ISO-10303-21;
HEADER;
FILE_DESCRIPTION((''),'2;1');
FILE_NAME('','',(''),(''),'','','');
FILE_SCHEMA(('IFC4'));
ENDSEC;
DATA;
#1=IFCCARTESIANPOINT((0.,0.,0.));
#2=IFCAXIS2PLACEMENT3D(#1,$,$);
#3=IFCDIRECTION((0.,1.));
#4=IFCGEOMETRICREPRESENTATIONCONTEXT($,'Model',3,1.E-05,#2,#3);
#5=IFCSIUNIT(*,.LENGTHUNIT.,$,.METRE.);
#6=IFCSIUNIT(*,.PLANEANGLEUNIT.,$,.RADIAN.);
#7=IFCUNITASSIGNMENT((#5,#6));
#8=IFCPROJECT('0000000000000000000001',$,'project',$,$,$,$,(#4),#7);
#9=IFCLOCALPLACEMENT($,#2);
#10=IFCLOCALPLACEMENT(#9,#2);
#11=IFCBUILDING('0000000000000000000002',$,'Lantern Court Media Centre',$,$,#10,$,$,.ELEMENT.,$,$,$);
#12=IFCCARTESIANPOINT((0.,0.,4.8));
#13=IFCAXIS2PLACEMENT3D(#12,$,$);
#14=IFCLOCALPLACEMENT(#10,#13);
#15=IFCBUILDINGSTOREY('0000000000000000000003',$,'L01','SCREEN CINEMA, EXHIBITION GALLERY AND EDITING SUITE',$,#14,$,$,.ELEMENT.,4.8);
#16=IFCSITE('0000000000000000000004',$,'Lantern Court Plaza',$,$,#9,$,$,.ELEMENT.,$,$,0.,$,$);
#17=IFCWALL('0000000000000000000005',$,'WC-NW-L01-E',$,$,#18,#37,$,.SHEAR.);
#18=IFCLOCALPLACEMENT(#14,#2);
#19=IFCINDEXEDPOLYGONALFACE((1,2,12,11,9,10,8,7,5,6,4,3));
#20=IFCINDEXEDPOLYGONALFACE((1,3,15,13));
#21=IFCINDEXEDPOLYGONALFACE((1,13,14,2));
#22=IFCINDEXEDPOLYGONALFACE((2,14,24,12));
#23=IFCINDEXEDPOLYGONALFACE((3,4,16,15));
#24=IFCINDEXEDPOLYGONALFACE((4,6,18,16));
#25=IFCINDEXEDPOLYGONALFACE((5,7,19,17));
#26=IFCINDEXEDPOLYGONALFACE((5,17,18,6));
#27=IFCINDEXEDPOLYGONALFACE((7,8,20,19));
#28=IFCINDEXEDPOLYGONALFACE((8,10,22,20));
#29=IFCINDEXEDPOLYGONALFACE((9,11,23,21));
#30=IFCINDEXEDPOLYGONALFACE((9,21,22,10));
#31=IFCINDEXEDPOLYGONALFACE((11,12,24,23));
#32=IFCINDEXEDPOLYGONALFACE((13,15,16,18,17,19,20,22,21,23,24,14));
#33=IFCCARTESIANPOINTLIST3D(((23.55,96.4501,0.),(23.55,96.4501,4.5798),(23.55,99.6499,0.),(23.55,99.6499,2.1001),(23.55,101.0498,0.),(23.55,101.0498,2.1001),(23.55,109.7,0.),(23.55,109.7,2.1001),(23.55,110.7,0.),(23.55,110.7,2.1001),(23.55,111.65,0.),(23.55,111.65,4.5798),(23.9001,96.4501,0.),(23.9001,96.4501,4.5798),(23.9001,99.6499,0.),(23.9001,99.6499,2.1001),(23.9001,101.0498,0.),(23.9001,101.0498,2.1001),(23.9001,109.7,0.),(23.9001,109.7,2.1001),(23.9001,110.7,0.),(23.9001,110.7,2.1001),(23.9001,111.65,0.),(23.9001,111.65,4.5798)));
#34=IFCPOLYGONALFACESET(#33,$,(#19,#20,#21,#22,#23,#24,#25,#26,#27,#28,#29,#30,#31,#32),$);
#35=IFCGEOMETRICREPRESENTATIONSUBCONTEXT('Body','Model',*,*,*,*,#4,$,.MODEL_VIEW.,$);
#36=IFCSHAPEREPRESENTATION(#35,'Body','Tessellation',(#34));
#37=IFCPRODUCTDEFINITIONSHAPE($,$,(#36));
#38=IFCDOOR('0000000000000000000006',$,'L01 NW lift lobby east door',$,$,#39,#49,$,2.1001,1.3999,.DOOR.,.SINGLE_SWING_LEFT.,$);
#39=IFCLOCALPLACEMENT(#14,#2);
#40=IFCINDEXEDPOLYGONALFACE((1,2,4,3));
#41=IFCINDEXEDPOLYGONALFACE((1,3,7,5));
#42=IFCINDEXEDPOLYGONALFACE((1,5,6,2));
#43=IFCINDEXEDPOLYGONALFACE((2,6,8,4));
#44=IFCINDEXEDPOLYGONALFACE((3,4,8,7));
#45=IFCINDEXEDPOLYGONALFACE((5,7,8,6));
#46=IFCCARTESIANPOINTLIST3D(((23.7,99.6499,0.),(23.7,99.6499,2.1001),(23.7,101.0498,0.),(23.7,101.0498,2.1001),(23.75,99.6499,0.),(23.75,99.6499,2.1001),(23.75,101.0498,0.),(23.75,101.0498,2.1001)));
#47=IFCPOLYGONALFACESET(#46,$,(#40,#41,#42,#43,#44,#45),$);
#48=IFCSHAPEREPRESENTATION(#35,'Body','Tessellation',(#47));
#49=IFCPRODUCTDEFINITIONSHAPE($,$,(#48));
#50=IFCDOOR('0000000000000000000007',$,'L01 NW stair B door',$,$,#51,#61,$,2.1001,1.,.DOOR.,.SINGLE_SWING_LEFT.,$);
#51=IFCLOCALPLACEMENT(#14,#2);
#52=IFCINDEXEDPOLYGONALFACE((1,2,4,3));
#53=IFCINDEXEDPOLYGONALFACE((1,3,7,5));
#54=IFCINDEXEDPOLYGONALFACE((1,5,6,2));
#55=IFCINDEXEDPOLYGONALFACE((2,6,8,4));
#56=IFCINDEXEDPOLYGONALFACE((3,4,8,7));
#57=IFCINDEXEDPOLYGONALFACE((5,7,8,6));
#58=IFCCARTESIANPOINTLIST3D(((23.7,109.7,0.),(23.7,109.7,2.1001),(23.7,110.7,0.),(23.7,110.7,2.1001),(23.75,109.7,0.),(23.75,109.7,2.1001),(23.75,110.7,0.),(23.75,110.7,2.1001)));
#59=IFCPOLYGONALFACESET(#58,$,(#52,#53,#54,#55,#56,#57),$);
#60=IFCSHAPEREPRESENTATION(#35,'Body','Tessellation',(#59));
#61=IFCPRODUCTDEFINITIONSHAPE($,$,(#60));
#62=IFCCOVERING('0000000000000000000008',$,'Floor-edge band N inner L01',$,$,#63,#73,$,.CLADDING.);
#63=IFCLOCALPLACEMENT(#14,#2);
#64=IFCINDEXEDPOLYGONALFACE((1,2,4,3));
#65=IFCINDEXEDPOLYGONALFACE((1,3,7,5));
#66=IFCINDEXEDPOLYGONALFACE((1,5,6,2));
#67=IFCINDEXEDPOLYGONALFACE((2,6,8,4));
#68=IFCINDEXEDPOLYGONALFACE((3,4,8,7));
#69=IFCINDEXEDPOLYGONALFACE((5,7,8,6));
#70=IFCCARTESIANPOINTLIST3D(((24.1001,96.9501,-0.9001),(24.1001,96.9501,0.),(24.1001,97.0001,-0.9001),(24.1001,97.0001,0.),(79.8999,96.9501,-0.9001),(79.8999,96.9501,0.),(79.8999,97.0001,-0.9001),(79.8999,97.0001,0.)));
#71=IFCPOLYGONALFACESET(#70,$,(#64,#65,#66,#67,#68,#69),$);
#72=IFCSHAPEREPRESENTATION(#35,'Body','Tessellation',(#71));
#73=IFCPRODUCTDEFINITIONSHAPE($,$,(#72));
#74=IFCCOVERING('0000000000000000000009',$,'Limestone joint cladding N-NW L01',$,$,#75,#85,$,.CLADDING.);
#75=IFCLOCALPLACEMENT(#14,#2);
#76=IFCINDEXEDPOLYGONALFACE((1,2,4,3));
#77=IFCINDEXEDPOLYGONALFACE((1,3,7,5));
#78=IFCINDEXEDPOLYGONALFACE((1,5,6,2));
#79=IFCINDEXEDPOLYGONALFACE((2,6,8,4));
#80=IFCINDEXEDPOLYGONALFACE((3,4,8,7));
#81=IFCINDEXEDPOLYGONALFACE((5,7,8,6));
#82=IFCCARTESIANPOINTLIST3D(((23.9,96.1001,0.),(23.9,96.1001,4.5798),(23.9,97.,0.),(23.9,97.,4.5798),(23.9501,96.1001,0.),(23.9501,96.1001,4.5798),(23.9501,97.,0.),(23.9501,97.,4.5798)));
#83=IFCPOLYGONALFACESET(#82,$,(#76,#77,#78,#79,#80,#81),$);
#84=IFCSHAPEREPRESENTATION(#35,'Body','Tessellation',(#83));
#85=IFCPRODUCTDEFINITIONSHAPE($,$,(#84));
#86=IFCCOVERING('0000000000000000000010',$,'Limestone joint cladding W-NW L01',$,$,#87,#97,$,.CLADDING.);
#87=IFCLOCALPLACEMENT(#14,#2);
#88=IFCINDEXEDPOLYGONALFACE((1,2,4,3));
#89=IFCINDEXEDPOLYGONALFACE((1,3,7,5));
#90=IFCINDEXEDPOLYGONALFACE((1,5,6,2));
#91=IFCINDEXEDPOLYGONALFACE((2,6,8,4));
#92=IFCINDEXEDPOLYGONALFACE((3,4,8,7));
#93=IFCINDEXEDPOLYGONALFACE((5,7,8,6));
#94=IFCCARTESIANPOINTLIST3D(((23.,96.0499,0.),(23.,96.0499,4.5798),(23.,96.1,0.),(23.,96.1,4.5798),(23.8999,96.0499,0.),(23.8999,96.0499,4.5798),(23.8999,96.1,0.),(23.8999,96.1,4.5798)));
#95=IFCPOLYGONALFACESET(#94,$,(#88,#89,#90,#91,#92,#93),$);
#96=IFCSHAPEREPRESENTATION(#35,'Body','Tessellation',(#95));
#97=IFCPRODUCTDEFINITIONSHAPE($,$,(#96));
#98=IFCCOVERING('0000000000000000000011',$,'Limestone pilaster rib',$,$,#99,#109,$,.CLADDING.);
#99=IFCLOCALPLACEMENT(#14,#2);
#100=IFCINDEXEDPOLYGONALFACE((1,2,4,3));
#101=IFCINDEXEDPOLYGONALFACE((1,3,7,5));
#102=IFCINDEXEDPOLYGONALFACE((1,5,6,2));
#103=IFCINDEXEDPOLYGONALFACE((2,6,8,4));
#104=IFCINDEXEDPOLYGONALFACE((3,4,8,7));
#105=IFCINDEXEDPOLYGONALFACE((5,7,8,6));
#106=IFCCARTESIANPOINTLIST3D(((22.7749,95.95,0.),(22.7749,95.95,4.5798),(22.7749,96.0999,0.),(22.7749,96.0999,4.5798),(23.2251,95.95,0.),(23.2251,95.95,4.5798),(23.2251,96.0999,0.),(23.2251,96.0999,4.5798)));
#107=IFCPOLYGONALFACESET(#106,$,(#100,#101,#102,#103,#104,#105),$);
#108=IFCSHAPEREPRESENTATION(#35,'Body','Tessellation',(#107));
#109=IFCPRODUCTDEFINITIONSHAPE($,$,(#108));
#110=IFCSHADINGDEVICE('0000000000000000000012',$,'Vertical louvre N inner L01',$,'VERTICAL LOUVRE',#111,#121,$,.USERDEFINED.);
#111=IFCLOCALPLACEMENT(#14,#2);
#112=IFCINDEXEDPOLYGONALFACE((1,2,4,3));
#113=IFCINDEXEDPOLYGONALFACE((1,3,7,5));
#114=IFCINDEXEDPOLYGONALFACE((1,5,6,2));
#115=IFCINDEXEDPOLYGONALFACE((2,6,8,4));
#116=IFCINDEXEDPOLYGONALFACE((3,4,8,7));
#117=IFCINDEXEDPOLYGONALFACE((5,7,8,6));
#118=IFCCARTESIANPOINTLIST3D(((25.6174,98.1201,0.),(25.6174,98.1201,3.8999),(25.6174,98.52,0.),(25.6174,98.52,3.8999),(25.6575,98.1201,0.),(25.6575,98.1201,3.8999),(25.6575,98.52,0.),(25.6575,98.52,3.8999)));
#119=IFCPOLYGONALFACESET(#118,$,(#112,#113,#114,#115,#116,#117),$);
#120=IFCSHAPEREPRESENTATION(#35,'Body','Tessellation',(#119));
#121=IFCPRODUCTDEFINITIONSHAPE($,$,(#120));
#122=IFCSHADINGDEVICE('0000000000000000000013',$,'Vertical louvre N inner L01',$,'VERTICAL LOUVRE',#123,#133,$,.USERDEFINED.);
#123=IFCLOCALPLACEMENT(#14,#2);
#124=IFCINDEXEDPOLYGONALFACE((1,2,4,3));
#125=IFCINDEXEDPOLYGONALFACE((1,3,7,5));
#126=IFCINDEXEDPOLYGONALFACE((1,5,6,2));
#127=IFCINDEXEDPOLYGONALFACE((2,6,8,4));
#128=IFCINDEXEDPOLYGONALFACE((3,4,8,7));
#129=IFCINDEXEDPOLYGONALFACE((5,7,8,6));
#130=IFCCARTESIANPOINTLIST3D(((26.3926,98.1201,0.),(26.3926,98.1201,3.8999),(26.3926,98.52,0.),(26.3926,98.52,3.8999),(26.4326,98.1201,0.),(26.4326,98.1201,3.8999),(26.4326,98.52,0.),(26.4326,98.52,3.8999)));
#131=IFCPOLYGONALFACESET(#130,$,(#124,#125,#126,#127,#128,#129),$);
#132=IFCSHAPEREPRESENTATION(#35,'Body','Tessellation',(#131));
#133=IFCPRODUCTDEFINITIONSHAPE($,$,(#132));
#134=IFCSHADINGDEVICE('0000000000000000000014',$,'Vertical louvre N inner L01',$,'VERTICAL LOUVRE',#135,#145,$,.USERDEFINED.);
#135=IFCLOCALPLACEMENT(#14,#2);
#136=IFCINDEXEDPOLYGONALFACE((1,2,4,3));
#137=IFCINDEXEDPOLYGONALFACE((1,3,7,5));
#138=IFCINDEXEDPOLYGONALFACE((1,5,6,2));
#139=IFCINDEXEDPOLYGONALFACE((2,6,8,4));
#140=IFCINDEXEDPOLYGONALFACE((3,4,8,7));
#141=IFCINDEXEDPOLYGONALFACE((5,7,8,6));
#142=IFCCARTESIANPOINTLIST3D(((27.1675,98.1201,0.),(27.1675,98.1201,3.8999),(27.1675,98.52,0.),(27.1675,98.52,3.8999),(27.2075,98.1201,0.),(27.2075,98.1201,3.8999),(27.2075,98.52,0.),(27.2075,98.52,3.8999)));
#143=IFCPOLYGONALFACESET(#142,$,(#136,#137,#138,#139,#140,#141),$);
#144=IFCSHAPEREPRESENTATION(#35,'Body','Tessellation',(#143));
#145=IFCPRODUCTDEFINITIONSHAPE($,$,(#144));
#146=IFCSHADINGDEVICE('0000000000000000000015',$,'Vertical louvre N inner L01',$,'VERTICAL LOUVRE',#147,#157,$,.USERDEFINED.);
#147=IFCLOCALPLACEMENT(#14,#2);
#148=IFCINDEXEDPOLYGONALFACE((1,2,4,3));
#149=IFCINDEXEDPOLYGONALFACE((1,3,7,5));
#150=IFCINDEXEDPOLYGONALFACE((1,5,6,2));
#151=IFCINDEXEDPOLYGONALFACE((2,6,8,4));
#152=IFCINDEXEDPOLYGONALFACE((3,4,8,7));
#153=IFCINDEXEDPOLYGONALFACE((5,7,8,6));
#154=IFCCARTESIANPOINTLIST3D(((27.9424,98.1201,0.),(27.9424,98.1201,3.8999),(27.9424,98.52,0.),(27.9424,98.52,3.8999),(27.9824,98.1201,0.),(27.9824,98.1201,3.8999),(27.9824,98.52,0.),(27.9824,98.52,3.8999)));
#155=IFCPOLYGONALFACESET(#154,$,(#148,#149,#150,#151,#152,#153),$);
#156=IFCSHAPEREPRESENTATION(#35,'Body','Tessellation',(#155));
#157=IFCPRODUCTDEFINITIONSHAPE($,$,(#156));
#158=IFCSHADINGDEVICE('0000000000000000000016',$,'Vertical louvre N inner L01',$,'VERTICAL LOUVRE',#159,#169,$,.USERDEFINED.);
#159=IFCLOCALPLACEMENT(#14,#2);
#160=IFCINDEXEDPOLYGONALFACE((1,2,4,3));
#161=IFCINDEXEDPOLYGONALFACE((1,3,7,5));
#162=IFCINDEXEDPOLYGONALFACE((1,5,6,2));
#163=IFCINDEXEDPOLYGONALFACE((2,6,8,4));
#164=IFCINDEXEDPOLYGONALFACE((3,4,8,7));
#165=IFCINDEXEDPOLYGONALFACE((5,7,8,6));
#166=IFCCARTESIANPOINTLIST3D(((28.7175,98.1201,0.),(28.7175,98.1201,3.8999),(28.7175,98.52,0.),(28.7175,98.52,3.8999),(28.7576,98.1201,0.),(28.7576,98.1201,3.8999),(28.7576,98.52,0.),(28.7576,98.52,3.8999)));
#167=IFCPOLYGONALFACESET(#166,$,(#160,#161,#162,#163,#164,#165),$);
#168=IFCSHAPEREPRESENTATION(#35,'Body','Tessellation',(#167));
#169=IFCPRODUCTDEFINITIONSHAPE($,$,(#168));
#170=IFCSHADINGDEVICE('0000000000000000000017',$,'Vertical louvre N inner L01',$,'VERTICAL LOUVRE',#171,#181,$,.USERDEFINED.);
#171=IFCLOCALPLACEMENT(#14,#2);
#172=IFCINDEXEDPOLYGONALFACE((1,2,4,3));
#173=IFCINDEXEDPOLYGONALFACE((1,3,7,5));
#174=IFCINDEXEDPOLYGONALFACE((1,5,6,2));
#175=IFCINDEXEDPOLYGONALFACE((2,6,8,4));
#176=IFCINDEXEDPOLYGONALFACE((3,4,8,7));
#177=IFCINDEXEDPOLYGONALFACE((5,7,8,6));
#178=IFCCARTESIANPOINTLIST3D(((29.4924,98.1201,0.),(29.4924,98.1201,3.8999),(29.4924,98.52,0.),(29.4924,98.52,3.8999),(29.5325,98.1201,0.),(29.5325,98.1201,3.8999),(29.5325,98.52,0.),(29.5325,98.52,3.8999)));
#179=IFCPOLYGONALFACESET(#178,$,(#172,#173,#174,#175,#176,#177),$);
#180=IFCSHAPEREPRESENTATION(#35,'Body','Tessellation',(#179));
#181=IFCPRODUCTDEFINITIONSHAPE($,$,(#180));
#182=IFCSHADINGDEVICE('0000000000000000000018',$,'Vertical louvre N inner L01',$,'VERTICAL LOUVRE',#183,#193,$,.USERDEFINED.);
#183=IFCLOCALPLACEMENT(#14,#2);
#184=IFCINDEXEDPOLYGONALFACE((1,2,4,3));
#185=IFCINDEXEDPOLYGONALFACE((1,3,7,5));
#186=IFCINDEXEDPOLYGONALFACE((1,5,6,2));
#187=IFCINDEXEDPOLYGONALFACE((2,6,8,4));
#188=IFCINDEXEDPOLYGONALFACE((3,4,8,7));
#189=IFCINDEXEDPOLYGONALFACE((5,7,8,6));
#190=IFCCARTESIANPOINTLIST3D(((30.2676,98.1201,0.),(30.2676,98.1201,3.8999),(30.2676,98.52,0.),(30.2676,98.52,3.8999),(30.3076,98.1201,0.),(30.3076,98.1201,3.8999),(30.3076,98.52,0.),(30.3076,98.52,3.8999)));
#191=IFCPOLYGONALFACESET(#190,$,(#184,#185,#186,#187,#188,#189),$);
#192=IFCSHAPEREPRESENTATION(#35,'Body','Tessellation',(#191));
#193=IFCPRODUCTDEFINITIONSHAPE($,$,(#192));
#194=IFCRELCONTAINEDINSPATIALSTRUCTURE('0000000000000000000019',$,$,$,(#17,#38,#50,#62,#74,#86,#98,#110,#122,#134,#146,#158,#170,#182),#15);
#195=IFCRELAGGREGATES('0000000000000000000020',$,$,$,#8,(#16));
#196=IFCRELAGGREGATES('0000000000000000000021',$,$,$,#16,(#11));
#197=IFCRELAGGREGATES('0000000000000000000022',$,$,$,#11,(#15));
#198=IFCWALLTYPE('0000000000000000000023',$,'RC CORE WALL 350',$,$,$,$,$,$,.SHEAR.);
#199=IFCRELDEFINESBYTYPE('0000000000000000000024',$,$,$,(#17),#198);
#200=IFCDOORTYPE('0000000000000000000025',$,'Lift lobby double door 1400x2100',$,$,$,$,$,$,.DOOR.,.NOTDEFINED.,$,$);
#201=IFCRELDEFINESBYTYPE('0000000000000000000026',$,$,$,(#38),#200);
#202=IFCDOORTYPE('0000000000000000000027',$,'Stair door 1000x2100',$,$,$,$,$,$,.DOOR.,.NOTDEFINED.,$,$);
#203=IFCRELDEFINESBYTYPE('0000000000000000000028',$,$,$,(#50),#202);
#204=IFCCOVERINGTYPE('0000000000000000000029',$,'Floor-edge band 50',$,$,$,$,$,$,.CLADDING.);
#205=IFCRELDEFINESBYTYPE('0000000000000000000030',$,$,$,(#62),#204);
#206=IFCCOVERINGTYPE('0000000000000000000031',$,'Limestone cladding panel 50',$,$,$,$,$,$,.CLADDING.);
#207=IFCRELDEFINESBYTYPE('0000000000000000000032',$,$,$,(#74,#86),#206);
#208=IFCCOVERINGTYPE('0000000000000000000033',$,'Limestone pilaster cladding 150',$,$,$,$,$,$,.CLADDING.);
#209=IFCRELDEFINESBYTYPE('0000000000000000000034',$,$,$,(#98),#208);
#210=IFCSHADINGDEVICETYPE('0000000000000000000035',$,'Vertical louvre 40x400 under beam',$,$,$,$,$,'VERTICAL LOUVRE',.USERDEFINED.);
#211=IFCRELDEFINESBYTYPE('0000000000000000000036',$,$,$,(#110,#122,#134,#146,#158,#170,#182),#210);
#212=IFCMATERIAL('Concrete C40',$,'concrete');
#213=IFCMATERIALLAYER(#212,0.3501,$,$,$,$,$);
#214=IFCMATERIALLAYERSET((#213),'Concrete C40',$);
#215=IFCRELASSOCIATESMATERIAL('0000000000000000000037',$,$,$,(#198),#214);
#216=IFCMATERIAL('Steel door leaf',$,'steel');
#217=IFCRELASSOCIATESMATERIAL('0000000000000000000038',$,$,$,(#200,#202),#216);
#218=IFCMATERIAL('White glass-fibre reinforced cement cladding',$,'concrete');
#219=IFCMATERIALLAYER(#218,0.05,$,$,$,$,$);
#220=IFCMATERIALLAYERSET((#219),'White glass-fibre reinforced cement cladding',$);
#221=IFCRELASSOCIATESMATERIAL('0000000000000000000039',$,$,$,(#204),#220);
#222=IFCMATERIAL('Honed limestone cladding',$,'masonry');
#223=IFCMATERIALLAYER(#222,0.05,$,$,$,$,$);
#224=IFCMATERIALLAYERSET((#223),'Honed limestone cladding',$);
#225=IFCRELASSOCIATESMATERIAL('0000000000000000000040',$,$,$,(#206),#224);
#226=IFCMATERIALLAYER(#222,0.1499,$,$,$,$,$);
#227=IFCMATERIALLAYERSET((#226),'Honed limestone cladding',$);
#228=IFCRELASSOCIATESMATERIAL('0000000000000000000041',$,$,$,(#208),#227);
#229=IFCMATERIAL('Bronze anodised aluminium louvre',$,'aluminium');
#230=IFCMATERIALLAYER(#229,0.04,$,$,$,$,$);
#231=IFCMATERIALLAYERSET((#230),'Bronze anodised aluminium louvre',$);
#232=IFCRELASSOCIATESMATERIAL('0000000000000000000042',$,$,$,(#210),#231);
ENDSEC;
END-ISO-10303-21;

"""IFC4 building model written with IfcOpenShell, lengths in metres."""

from ifc_helpers import new_model, si_unit, direction, frame, frame_2d, origin, origin_2d, place, context, subcontext, project, spatial, rectangle, extrude, material, layer, layer_set, type_object, element, fill, save


model = new_model("IFC4")

# Units and contexts
model_context = context("Model", 3, precision=1e-05, world=origin(), true_north=direction((0.0, 1.0)))
body_context = subcontext(model_context, "Body", "Model", "MODEL_VIEW")
ifc_project = project(units=[si_unit("LENGTHUNIT", "METRE"), si_unit("PLANEANGLEUNIT", "RADIAN")], contexts=[model_context])

# Site, building, storey
site_placement = place(None, origin())
site = spatial("IfcSite", under=ifc_project, at=site_placement, Name="Lantern Court Plaza", CompositionType="ELEMENT", RefElevation=0.0)
building_placement = place(site_placement, origin())
building = spatial("IfcBuilding", under=site, at=building_placement, Name="Lantern Court Media Centre", CompositionType="ELEMENT")
storey_placement = place(building_placement, frame((0.0, 0.0, 4.8)))
storey = spatial("IfcBuildingStorey", under=building, at=storey_placement, Name="L01", Description="SCREEN CINEMA, EXHIBITION GALLERY AND EDITING SUITE", CompositionType="ELEMENT", Elevation=4.8)

# Wall, openings, doors
ifc_material_1 = material(Name="Concrete C40", Category="concrete")
ifc_layer_1 = layer(ifc_material_1, 0.3501)
ifc_layer_set_1 = layer_set([ifc_layer_1], Name="Concrete C40")
wall_type_1 = type_object("IfcWallType", Name="RC CORE WALL 350", PredefinedType="SHEAR", material=ifc_layer_set_1)
wall_1_placement = place(storey_placement, frame((23.7251, 96.45, 0.0), z_axis=(0.0, 0.0, 1.0), x_axis=(0.0, 1.0, 0.0)))
wall_1 = element("IfcWall", 1, at=wall_1_placement, inside=storey, type_object=wall_type_1, Name="WC-NW-L01-E", PredefinedType="SHEAR", context=body_context, shape_type="SweptSolid", body=[
    extrude(rectangle(XDim=15.2, YDim=0.3501, at=frame_2d((7.6001, 0.0))), origin(), (0.0, 0.0, 1.0), 4.5798),
])
opening_1_placement = place(wall_1_placement, frame((13.25, 0.0, 0.0)))
opening_1 = element("IfcOpeningElement", 2, at=opening_1_placement, cuts=wall_1, PredefinedType="OPENING", context=body_context, shape_type="SweptSolid", body=[
    extrude(rectangle(XDim=1.0, YDim=2.1001, at=frame_2d((0.5, 1.05))), frame((0.0, 0.1851, 0.0), z_axis=(0.0, -1.0, 0.0), x_axis=(1.0, 0.0, 0.0)), (0.0, 0.0, 1.0), 0.3701),
])
opening_2_placement = place(wall_1_placement, frame((3.2, 0.0, 0.0)))
opening_2 = element("IfcOpeningElement", 3, at=opening_2_placement, cuts=wall_1, PredefinedType="OPENING", context=body_context, shape_type="SweptSolid", body=[
    extrude(rectangle(XDim=1.3999, YDim=2.1001, at=frame_2d((0.7, 1.05))), frame((0.0, 0.1851, 0.0), z_axis=(0.0, -1.0, 0.0), x_axis=(1.0, 0.0, 0.0)), (0.0, 0.0, 1.0), 0.3701),
])
ifc_material_2 = material(Name="Steel door leaf", Category="steel")
door_type_1 = type_object("IfcDoorType", Name="Lift lobby double door 1400x2100", OperationType="NOTDEFINED", PredefinedType="DOOR", material=ifc_material_2)
door_1_placement = place(opening_2_placement, frame((1.3999, 0.0, 0.0), z_axis=(0.0, 0.0, 1.0), x_axis=(-1.0, 0.0, 0.0)))
door_1 = element("IfcDoor", 4, at=door_1_placement, inside=storey, type_object=door_type_1, Name="L01 NW lift lobby east door", OperationType="SINGLE_SWING_LEFT", OverallHeight=2.1001, OverallWidth=1.3999, PredefinedType="DOOR", context=body_context, shape_type="SweptSolid", body=[
    extrude(rectangle(XDim=1.3999, YDim=2.1001, at=frame_2d((0.7, 1.05))), frame((0.0, 0.0249, 0.0), z_axis=(0.0, -1.0, 0.0), x_axis=(1.0, 0.0, 0.0)), (0.0, 0.0, 1.0), 0.05),
])
fill(opening_2, door_1)
door_type_2 = type_object("IfcDoorType", Name="Stair door 1000x2100", OperationType="NOTDEFINED", PredefinedType="DOOR", material=ifc_material_2)
door_2_placement = place(opening_1_placement, frame((1.0, 0.0, 0.0), z_axis=(0.0, 0.0, 1.0), x_axis=(-1.0, 0.0, 0.0)))
door_2 = element("IfcDoor", 5, at=door_2_placement, inside=storey, type_object=door_type_2, Name="L01 NW stair B door", OperationType="SINGLE_SWING_LEFT", OverallHeight=2.1001, OverallWidth=1.0, PredefinedType="DOOR", context=body_context, shape_type="SweptSolid", body=[
    extrude(rectangle(XDim=1.0, YDim=2.1001, at=frame_2d((0.5, 1.05))), frame((0.0, 0.0249, 0.0), z_axis=(0.0, -1.0, 0.0), x_axis=(1.0, 0.0, 0.0)), (0.0, 0.0, 1.0), 0.05),
])
fill(opening_1, door_2)

# Covering
ifc_material_3 = material(Name="White glass-fibre reinforced cement cladding", Category="concrete")
ifc_layer_2 = layer(ifc_material_3, 0.05)
ifc_layer_set_2 = layer_set([ifc_layer_2], Name="White glass-fibre reinforced cement cladding")
covering_type_1 = type_object("IfcCoveringType", Name="Floor-edge band 50", PredefinedType="CLADDING", material=ifc_layer_set_2)
covering_1_placement = place(storey_placement, frame((24.1001, 96.9751, -0.9001), z_axis=(0.0, 0.0, 1.0), x_axis=(1.0, 0.0, 0.0)))
element("IfcCovering", 6, at=covering_1_placement, inside=storey, type_object=covering_type_1, Name="Floor-edge band N inner L01", PredefinedType="CLADDING", context=body_context, shape_type="SweptSolid", body=[
    extrude(rectangle(XDim=55.7998, YDim=0.05, at=frame_2d((27.8999, 0.0))), origin(), (0.0, 0.0, 1.0), 0.9001),
])

# Coverings
ifc_material_4 = material(Name="Honed limestone cladding", Category="masonry")
ifc_layer_3 = layer(ifc_material_4, 0.05)
ifc_layer_set_3 = layer_set([ifc_layer_3], Name="Honed limestone cladding")
covering_type_2 = type_object("IfcCoveringType", Name="Limestone cladding panel 50", PredefinedType="CLADDING", material=ifc_layer_set_3)
for number, where, z_axis, x_axis, name in (
    (7, (23.925, 96.1001, 0.0), (0.0, 0.0, 1.0), (0.0, 1.0, 0.0), "Limestone joint cladding N-NW L01"),
    (8, (23.0, 96.075, 0.0), (0.0, 0.0, 1.0), (1.0, 0.0, 0.0), "Limestone joint cladding W-NW L01"),
):
    element("IfcCovering", number, at=place(storey_placement, frame(where, z_axis=z_axis, x_axis=x_axis)), inside=storey, type_object=covering_type_2, Name=name, PredefinedType="CLADDING", context=body_context, shape_type="SweptSolid", body=[
        extrude(rectangle(XDim=0.8999, YDim=0.05, at=frame_2d((0.45, 0.0))), origin(), (0.0, 0.0, 1.0), 4.5798),
    ])
ifc_layer_4 = layer(ifc_material_4, 0.1499)
ifc_layer_set_4 = layer_set([ifc_layer_4], Name="Honed limestone cladding")
covering_type_3 = type_object("IfcCoveringType", Name="Limestone pilaster cladding 150", PredefinedType="CLADDING", material=ifc_layer_set_4)
covering_2_placement = place(storey_placement, frame((22.7749, 96.0249, 0.0), z_axis=(0.0, 0.0, 1.0), x_axis=(1.0, 0.0, 0.0)))
element("IfcCovering", 9, at=covering_2_placement, inside=storey, type_object=covering_type_3, Name="Limestone pilaster rib", PredefinedType="CLADDING", context=body_context, shape_type="SweptSolid", body=[
    extrude(rectangle(XDim=0.4502, YDim=0.1499, at=frame_2d((0.2251, 0.0))), origin(), (0.0, 0.0, 1.0), 4.5798),
])

# Shading devices
ifc_material_5 = material(Name="Bronze anodised aluminium louvre", Category="aluminium")
ifc_layer_5 = layer(ifc_material_5, 0.04)
ifc_layer_set_5 = layer_set([ifc_layer_5], Name="Bronze anodised aluminium louvre")
shading_device_type = type_object("IfcShadingDeviceType", Name="Vertical louvre 40x400 under beam", ElementType="VERTICAL LOUVRE", PredefinedType="USERDEFINED", material=ifc_layer_set_5)
for number, where, z_axis, x_axis, name in (
    (10, (25.6375, 98.3201, 0.0), (0.0, 0.0, 1.0), (1.0, 0.0, 0.0), "Vertical louvre N inner L01"),
    (11, (26.4126, 98.3201, 0.0), (0.0, 0.0, 1.0), (1.0, 0.0, 0.0), "Vertical louvre N inner L01"),
    (12, (27.1875, 98.3201, 0.0), (0.0, 0.0, 1.0), (1.0, 0.0, 0.0), "Vertical louvre N inner L01"),
    (13, (27.9624, 98.3201, 0.0), (0.0, 0.0, 1.0), (1.0, 0.0, 0.0), "Vertical louvre N inner L01"),
    (14, (28.7375, 98.3201, 0.0), (0.0, 0.0, 1.0), (1.0, 0.0, 0.0), "Vertical louvre N inner L01"),
    (15, (29.5125, 98.3201, 0.0), (0.0, 0.0, 1.0), (1.0, 0.0, 0.0), "Vertical louvre N inner L01"),
    (16, (30.2876, 98.3201, 0.0), (0.0, 0.0, 1.0), (1.0, 0.0, 0.0), "Vertical louvre N inner L01"),
):
    element("IfcShadingDevice", number, at=place(storey_placement, frame(where, z_axis=z_axis, x_axis=x_axis)), inside=storey, type_object=shading_device_type, Name=name, ObjectType="VERTICAL LOUVRE", PredefinedType="USERDEFINED", context=body_context, shape_type="SweptSolid", body=[
        extrude(rectangle(XDim=0.04, YDim=0.3999, at=origin_2d()), origin(), (0.0, 0.0, 1.0), 3.8999),
    ])

save(model, "model.ifc")
